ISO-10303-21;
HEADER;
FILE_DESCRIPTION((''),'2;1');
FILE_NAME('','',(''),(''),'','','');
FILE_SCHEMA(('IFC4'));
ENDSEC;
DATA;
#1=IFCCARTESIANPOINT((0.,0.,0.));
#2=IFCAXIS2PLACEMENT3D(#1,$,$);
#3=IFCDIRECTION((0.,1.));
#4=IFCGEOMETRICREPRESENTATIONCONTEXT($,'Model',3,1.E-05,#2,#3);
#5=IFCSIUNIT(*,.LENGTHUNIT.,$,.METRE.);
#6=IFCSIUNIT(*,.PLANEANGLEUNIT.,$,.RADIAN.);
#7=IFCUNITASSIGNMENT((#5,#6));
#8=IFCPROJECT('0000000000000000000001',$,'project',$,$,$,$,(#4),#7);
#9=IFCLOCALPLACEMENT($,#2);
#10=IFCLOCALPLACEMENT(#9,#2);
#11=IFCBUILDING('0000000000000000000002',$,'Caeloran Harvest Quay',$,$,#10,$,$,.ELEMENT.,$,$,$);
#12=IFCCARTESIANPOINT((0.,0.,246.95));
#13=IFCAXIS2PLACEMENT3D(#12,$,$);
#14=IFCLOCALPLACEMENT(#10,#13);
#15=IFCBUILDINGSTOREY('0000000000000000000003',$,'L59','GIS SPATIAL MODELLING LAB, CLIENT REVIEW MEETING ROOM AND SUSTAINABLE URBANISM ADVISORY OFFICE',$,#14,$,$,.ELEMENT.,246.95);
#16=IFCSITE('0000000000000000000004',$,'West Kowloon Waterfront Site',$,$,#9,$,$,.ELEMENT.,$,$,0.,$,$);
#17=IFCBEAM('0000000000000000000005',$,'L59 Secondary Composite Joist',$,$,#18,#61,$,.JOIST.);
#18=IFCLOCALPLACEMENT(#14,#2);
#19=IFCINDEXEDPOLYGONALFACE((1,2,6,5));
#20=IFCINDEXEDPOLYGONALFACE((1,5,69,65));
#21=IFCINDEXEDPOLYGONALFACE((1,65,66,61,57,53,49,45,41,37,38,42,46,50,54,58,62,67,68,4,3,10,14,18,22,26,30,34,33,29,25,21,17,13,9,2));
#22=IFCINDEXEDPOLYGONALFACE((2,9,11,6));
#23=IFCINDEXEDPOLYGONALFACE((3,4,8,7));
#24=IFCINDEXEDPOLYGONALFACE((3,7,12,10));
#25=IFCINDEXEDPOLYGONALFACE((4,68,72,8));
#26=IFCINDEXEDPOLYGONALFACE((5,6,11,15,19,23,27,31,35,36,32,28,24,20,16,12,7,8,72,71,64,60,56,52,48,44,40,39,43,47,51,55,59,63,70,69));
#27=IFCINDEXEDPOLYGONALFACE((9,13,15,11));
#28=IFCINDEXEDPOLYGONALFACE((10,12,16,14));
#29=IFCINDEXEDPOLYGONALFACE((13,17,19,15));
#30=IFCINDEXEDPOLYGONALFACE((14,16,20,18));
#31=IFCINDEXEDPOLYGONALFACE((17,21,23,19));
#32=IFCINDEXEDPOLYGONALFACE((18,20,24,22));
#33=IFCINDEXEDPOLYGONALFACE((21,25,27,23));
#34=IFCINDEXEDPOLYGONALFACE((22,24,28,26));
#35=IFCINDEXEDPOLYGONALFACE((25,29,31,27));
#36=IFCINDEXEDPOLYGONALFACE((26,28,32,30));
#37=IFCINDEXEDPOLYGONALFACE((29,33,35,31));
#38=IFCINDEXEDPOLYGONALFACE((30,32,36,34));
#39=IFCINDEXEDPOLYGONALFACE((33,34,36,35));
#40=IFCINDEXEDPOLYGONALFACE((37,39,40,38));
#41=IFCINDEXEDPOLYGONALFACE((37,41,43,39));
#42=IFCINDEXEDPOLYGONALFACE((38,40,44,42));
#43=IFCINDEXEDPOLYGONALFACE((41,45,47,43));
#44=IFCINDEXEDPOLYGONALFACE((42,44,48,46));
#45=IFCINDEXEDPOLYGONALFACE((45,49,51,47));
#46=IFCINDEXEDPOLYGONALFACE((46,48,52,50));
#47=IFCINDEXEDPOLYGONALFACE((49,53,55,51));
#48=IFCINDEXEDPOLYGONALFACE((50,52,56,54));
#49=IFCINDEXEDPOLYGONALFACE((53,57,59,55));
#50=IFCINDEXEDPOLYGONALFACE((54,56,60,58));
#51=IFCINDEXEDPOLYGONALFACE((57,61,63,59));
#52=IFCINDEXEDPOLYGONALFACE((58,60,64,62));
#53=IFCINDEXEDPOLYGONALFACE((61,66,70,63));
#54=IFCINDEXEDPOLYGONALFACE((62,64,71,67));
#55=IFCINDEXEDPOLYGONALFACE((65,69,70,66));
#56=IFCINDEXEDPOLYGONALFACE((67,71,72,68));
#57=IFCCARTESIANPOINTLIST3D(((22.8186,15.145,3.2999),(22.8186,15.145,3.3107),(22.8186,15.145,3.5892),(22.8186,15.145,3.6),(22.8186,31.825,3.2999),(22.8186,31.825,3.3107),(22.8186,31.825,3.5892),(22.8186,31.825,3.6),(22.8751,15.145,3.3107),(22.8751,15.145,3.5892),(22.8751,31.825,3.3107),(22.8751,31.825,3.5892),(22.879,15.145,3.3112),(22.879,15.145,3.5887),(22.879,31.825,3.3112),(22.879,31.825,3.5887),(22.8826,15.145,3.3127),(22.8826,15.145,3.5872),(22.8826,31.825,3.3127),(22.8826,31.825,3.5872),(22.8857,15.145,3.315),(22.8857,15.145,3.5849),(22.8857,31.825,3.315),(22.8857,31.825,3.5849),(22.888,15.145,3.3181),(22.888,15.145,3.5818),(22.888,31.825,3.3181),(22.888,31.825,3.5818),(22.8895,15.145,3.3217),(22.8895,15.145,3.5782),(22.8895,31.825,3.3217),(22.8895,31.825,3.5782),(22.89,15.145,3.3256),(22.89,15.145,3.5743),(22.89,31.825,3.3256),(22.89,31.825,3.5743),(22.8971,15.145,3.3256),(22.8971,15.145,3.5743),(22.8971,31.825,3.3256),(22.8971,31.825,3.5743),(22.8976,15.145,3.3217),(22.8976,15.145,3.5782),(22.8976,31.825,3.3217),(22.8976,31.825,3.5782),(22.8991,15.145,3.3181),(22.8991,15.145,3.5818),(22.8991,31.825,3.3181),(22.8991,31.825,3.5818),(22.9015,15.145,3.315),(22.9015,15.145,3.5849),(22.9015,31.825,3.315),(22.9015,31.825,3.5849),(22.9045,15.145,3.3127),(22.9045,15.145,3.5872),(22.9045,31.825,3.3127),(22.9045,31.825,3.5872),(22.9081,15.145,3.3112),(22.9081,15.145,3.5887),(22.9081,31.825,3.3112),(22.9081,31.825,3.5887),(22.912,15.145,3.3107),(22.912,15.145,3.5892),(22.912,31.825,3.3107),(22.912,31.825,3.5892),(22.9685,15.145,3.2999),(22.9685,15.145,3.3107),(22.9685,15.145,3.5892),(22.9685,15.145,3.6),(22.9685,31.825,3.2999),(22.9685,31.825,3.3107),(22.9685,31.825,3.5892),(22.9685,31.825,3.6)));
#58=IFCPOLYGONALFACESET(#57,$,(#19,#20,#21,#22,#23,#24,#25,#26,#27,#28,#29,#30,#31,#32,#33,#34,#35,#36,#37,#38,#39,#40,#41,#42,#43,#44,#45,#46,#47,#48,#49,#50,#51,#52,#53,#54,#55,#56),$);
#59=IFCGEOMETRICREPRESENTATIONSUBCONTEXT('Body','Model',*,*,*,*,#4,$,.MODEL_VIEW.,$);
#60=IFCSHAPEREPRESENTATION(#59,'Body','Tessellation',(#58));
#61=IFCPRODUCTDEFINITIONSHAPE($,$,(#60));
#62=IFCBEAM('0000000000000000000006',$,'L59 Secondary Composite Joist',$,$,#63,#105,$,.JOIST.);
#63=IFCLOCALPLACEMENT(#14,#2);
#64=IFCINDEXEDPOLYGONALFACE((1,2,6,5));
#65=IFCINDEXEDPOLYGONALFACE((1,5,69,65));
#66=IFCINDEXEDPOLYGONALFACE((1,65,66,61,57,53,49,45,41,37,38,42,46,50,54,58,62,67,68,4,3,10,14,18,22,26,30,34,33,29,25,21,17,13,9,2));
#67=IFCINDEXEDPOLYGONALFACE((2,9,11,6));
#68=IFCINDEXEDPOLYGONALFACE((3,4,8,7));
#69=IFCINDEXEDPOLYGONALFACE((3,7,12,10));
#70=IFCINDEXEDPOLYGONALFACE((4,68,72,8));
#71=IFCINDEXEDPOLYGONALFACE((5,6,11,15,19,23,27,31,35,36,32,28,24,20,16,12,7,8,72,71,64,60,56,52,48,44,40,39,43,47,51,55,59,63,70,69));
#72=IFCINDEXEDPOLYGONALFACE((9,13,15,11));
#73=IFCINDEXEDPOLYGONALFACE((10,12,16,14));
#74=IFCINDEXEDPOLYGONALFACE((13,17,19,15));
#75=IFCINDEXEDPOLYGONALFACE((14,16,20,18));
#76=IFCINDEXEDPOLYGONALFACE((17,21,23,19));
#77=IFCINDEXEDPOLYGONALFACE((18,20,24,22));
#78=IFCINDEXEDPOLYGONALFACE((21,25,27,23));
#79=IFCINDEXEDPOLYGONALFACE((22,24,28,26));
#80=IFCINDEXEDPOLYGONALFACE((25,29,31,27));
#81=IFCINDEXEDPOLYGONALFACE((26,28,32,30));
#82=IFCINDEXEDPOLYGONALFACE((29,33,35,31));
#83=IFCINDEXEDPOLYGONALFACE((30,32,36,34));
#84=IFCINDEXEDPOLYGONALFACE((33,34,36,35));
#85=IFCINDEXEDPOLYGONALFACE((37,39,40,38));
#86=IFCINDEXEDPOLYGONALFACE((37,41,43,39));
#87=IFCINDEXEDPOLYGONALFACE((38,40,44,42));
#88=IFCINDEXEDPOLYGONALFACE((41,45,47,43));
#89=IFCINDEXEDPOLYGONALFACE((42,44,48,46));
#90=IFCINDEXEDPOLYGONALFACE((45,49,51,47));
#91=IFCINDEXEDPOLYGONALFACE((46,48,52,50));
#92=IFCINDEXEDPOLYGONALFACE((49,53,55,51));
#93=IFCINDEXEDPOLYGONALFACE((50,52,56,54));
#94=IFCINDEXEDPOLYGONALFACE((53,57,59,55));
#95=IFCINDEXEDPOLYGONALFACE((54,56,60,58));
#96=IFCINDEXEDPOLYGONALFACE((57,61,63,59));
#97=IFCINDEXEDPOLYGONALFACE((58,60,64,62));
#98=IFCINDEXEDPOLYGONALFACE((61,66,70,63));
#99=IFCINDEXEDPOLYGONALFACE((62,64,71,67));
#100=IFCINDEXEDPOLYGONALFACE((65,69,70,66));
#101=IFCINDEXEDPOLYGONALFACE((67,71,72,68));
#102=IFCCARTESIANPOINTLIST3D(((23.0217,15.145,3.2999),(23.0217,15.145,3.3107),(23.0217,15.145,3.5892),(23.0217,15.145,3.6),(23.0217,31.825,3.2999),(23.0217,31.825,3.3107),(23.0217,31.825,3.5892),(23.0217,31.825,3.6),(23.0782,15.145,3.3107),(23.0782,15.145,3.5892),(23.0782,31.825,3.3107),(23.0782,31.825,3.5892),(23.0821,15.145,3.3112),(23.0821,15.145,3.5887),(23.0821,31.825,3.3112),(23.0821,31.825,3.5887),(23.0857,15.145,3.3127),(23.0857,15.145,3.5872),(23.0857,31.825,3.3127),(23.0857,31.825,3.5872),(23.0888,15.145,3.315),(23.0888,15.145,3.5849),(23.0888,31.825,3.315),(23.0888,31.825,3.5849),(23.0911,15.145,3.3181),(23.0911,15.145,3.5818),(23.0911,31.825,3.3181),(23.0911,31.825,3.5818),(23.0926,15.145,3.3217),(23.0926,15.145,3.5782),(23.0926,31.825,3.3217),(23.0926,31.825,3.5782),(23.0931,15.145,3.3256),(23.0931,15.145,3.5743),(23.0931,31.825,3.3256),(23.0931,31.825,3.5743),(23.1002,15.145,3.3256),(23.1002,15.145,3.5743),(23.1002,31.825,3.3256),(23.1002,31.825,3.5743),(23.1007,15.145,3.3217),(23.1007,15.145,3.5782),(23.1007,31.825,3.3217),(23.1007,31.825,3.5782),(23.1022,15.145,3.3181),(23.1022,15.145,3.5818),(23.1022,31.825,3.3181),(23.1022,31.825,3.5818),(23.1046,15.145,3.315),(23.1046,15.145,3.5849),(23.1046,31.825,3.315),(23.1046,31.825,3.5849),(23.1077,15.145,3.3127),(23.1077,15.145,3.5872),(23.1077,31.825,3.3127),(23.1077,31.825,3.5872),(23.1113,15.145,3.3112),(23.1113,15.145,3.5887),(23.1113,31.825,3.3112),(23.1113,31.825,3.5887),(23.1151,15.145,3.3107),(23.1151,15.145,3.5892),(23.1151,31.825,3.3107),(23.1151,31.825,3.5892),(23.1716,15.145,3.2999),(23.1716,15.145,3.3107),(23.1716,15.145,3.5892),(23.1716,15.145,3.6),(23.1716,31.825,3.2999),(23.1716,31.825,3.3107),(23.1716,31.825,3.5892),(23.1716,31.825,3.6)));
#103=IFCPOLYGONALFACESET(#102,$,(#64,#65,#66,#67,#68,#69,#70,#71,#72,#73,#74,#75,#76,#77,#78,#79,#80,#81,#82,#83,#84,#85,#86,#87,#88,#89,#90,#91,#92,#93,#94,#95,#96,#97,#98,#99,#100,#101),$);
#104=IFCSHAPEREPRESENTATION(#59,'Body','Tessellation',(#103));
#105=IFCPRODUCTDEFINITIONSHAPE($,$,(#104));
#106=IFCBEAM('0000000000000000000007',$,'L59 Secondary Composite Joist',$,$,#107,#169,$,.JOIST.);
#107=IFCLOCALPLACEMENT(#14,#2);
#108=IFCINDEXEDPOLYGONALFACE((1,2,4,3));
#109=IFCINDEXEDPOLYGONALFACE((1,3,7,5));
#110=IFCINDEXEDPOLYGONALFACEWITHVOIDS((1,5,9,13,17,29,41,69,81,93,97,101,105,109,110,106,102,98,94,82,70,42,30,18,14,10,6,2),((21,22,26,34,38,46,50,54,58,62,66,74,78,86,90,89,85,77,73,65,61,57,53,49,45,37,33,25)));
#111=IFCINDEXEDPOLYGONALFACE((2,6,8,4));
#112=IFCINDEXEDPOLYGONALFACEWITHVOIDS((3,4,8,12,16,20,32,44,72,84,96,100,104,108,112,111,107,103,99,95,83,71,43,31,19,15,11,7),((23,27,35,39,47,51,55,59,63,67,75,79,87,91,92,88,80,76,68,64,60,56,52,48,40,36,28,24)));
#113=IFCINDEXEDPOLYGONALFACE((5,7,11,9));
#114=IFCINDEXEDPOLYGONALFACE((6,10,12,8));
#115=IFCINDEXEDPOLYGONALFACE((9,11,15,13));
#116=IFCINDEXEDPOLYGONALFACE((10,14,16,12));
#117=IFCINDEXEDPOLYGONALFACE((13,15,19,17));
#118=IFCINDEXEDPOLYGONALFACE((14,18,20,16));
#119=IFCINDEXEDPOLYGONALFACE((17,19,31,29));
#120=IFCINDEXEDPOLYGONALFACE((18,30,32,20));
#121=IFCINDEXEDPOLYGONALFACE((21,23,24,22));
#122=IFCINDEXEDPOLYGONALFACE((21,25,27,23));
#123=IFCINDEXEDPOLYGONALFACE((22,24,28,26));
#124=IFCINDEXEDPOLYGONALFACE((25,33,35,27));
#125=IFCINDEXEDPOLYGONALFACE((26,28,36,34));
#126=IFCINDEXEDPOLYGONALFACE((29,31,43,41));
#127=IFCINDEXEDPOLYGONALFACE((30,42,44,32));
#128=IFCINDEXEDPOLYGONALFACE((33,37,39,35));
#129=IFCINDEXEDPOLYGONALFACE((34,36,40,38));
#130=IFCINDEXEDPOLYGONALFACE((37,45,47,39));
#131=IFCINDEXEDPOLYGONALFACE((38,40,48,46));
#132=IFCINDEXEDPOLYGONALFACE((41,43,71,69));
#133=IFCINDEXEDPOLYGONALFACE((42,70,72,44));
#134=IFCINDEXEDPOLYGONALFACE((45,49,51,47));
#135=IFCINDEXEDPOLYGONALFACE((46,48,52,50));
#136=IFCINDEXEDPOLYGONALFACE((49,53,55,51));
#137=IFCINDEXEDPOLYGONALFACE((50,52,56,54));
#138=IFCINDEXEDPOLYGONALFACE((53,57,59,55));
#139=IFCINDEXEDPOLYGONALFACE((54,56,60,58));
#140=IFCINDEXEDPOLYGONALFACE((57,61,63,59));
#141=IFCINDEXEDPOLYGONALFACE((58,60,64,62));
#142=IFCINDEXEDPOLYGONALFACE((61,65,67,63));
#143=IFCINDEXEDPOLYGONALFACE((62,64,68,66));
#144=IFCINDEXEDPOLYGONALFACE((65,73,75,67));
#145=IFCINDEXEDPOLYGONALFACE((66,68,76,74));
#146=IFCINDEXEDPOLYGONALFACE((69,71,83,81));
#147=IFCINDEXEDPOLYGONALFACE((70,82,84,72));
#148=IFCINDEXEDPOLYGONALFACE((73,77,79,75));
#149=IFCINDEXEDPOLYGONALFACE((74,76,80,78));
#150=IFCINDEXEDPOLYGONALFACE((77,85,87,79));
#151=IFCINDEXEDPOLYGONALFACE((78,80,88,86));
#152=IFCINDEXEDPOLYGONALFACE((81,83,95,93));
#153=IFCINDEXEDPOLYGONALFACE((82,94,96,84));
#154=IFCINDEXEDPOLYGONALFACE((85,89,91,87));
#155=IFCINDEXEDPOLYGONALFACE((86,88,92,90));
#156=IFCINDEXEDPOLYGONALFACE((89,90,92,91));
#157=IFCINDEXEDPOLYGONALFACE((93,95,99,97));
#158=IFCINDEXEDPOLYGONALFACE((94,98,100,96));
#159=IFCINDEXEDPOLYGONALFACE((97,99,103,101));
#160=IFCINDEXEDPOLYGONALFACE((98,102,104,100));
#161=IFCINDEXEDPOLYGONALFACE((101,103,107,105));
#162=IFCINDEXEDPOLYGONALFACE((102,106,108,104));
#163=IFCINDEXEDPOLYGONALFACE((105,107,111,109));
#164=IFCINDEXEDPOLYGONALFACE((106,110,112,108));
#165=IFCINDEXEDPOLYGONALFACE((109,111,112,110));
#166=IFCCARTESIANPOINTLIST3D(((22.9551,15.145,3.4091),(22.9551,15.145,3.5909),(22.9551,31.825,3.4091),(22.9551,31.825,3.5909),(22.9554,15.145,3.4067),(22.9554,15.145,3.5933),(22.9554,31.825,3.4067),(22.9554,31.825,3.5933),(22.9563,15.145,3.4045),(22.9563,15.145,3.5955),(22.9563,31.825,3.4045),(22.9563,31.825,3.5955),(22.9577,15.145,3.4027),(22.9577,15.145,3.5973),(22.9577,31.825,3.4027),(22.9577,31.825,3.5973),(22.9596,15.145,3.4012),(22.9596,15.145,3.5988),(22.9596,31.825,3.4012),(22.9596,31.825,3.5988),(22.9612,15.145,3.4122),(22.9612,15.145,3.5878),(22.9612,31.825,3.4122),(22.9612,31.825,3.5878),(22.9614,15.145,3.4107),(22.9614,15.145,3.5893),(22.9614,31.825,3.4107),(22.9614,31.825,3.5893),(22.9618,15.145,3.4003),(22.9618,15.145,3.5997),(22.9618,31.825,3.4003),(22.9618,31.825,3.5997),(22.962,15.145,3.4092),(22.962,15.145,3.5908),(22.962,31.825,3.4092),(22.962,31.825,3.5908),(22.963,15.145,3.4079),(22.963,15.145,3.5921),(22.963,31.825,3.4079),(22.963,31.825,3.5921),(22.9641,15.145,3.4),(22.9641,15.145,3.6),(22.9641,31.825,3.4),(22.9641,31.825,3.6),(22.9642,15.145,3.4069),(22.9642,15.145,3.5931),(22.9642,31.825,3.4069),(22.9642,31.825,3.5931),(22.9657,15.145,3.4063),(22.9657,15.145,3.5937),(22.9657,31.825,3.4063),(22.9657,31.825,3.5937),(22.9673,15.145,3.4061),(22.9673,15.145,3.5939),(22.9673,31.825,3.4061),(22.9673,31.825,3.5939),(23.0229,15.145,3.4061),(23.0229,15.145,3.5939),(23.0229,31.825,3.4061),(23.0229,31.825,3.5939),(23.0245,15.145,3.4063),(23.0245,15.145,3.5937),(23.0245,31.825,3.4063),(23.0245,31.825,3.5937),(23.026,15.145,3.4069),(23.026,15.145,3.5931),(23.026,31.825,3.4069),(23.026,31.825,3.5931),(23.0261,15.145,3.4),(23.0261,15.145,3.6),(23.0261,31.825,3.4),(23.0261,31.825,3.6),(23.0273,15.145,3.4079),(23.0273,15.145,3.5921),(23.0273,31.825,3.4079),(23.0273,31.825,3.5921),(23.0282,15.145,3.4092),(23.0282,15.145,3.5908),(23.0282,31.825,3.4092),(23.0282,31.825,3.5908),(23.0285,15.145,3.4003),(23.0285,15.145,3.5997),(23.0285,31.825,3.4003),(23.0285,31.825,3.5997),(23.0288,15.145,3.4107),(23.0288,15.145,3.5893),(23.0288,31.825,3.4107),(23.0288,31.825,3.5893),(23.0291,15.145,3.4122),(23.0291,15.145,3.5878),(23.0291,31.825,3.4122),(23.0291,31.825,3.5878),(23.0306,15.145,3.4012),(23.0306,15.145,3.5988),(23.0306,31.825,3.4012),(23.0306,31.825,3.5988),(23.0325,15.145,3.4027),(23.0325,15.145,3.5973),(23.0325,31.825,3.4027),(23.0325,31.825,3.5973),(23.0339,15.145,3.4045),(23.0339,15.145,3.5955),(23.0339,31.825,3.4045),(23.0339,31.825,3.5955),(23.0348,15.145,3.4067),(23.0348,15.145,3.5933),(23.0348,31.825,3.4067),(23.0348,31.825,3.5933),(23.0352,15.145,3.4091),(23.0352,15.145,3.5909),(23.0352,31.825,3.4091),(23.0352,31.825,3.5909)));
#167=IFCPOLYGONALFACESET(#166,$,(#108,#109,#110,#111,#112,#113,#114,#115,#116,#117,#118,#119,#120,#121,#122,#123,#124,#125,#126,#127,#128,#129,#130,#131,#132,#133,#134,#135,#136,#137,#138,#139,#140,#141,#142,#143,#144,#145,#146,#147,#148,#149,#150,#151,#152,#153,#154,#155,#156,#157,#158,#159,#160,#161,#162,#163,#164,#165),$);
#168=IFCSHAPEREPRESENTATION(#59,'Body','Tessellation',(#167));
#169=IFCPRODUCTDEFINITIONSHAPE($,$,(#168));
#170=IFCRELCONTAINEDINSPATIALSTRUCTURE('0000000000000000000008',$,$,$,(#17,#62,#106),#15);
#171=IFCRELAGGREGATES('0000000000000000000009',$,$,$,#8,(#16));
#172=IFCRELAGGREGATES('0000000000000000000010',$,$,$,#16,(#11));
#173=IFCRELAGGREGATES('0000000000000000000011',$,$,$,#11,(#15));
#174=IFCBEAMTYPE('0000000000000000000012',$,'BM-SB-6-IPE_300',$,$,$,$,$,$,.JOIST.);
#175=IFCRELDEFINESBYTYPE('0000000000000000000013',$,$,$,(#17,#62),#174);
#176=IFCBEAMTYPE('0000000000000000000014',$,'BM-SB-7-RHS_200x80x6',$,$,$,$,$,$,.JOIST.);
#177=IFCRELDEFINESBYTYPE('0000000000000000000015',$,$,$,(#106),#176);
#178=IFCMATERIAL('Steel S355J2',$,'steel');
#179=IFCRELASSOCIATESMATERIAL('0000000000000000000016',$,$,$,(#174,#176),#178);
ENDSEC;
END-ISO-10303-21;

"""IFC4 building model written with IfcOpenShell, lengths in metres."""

from ifc_helpers import new_model, si_unit, direction, frame, origin, origin_2d, place, context, subcontext, project, spatial, hollow_rectangle, i_section, extrude, material, material_profile, profile_set, type_object, element, save


model = new_model("IFC4")

# Units and contexts
model_context = context("Model", 3, precision=1e-05, world=origin(), true_north=direction((0.0, 1.0)))
body_context = subcontext(model_context, "Body", "Model", "MODEL_VIEW")
ifc_project = project(units=[si_unit("LENGTHUNIT", "METRE"), si_unit("PLANEANGLEUNIT", "RADIAN")], contexts=[model_context])

# Site, building, storey
site_placement = place(None, origin())
site = spatial("IfcSite", under=ifc_project, at=site_placement, Name="West Kowloon Waterfront Site", CompositionType="ELEMENT", RefElevation=0.0)
building_placement = place(site_placement, origin())
building = spatial("IfcBuilding", under=site, at=building_placement, Name="Caeloran Harvest Quay", CompositionType="ELEMENT")
storey_placement = place(building_placement, frame((0.0, 0.0, 246.95)))
storey = spatial("IfcBuildingStorey", under=building, at=storey_placement, Name="L59", Description="GIS SPATIAL MODELLING LAB, CLIENT REVIEW MEETING ROOM AND SUSTAINABLE URBANISM ADVISORY OFFICE", CompositionType="ELEMENT", Elevation=246.95)

# Beams
ifc_material_1 = material(Name="Steel S355J2", Category="steel")
ifc_material_profile_1 = material_profile(ifc_material_1, i_section(OverallWidth=0.1499, OverallDepth=0.3, WebThickness=0.0071, FlangeThickness=0.0107, FilletRadius=0.0149, at=origin_2d()), Name="IPE 300")
ifc_profile_set_1 = profile_set([ifc_material_profile_1], Name="Steel S355J2")
beam_type_1 = type_object("IfcBeamType", Name="BM-SB-6-IPE_300", PredefinedType="JOIST", material=ifc_profile_set_1)
for number, where, z_axis, x_axis, name in (
    (1, (22.8936, 15.145, 3.45), (0.0, 1.0, 0.0), (-1.0, 0.0, 0.0), "L59 Secondary Composite Joist"),
    (2, (23.0967, 15.145, 3.45), (0.0, 1.0, 0.0), (-1.0, 0.0, 0.0), "L59 Secondary Composite Joist"),
):
    element("IfcBeam", number, at=place(storey_placement, frame(where, z_axis=z_axis, x_axis=x_axis)), inside=storey, type_object=beam_type_1, Name=name, PredefinedType="JOIST", context=body_context, shape_type="SweptSolid", body=[
        extrude(i_section(OverallWidth=0.1499, OverallDepth=0.3, WebThickness=0.0071, FlangeThickness=0.0107, FilletRadius=0.0149, at=origin_2d()), origin(), (0.0, 0.0, 1.0), 16.6799),
    ])
ifc_material_profile_2 = material_profile(ifc_material_1, hollow_rectangle(XDim=0.0801, YDim=0.2, WallThickness=0.0061, InnerFilletRadius=0.0061, OuterFilletRadius=0.009, at=origin_2d()), Name="RHS 200x80x6")
ifc_profile_set_2 = profile_set([ifc_material_profile_2], Name="Steel S355J2")
beam_type_2 = type_object("IfcBeamType", Name="BM-SB-7-RHS_200x80x6", PredefinedType="JOIST", material=ifc_profile_set_2)
for number, where, z_axis, x_axis, name in (
    (3, (22.9951, 15.145, 3.5), (0.0, 1.0, 0.0), (-1.0, 0.0, 0.0), "L59 Secondary Composite Joist"),
):
    element("IfcBeam", number, at=place(storey_placement, frame(where, z_axis=z_axis, x_axis=x_axis)), inside=storey, type_object=beam_type_2, Name=name, PredefinedType="JOIST", context=body_context, shape_type="SweptSolid", body=[
        extrude(hollow_rectangle(XDim=0.0801, YDim=0.2, WallThickness=0.0061, InnerFilletRadius=0.0061, OuterFilletRadius=0.009, at=origin_2d()), origin(), (0.0, 0.0, 1.0), 16.6799),
    ])

save(model, "model.ifc")
